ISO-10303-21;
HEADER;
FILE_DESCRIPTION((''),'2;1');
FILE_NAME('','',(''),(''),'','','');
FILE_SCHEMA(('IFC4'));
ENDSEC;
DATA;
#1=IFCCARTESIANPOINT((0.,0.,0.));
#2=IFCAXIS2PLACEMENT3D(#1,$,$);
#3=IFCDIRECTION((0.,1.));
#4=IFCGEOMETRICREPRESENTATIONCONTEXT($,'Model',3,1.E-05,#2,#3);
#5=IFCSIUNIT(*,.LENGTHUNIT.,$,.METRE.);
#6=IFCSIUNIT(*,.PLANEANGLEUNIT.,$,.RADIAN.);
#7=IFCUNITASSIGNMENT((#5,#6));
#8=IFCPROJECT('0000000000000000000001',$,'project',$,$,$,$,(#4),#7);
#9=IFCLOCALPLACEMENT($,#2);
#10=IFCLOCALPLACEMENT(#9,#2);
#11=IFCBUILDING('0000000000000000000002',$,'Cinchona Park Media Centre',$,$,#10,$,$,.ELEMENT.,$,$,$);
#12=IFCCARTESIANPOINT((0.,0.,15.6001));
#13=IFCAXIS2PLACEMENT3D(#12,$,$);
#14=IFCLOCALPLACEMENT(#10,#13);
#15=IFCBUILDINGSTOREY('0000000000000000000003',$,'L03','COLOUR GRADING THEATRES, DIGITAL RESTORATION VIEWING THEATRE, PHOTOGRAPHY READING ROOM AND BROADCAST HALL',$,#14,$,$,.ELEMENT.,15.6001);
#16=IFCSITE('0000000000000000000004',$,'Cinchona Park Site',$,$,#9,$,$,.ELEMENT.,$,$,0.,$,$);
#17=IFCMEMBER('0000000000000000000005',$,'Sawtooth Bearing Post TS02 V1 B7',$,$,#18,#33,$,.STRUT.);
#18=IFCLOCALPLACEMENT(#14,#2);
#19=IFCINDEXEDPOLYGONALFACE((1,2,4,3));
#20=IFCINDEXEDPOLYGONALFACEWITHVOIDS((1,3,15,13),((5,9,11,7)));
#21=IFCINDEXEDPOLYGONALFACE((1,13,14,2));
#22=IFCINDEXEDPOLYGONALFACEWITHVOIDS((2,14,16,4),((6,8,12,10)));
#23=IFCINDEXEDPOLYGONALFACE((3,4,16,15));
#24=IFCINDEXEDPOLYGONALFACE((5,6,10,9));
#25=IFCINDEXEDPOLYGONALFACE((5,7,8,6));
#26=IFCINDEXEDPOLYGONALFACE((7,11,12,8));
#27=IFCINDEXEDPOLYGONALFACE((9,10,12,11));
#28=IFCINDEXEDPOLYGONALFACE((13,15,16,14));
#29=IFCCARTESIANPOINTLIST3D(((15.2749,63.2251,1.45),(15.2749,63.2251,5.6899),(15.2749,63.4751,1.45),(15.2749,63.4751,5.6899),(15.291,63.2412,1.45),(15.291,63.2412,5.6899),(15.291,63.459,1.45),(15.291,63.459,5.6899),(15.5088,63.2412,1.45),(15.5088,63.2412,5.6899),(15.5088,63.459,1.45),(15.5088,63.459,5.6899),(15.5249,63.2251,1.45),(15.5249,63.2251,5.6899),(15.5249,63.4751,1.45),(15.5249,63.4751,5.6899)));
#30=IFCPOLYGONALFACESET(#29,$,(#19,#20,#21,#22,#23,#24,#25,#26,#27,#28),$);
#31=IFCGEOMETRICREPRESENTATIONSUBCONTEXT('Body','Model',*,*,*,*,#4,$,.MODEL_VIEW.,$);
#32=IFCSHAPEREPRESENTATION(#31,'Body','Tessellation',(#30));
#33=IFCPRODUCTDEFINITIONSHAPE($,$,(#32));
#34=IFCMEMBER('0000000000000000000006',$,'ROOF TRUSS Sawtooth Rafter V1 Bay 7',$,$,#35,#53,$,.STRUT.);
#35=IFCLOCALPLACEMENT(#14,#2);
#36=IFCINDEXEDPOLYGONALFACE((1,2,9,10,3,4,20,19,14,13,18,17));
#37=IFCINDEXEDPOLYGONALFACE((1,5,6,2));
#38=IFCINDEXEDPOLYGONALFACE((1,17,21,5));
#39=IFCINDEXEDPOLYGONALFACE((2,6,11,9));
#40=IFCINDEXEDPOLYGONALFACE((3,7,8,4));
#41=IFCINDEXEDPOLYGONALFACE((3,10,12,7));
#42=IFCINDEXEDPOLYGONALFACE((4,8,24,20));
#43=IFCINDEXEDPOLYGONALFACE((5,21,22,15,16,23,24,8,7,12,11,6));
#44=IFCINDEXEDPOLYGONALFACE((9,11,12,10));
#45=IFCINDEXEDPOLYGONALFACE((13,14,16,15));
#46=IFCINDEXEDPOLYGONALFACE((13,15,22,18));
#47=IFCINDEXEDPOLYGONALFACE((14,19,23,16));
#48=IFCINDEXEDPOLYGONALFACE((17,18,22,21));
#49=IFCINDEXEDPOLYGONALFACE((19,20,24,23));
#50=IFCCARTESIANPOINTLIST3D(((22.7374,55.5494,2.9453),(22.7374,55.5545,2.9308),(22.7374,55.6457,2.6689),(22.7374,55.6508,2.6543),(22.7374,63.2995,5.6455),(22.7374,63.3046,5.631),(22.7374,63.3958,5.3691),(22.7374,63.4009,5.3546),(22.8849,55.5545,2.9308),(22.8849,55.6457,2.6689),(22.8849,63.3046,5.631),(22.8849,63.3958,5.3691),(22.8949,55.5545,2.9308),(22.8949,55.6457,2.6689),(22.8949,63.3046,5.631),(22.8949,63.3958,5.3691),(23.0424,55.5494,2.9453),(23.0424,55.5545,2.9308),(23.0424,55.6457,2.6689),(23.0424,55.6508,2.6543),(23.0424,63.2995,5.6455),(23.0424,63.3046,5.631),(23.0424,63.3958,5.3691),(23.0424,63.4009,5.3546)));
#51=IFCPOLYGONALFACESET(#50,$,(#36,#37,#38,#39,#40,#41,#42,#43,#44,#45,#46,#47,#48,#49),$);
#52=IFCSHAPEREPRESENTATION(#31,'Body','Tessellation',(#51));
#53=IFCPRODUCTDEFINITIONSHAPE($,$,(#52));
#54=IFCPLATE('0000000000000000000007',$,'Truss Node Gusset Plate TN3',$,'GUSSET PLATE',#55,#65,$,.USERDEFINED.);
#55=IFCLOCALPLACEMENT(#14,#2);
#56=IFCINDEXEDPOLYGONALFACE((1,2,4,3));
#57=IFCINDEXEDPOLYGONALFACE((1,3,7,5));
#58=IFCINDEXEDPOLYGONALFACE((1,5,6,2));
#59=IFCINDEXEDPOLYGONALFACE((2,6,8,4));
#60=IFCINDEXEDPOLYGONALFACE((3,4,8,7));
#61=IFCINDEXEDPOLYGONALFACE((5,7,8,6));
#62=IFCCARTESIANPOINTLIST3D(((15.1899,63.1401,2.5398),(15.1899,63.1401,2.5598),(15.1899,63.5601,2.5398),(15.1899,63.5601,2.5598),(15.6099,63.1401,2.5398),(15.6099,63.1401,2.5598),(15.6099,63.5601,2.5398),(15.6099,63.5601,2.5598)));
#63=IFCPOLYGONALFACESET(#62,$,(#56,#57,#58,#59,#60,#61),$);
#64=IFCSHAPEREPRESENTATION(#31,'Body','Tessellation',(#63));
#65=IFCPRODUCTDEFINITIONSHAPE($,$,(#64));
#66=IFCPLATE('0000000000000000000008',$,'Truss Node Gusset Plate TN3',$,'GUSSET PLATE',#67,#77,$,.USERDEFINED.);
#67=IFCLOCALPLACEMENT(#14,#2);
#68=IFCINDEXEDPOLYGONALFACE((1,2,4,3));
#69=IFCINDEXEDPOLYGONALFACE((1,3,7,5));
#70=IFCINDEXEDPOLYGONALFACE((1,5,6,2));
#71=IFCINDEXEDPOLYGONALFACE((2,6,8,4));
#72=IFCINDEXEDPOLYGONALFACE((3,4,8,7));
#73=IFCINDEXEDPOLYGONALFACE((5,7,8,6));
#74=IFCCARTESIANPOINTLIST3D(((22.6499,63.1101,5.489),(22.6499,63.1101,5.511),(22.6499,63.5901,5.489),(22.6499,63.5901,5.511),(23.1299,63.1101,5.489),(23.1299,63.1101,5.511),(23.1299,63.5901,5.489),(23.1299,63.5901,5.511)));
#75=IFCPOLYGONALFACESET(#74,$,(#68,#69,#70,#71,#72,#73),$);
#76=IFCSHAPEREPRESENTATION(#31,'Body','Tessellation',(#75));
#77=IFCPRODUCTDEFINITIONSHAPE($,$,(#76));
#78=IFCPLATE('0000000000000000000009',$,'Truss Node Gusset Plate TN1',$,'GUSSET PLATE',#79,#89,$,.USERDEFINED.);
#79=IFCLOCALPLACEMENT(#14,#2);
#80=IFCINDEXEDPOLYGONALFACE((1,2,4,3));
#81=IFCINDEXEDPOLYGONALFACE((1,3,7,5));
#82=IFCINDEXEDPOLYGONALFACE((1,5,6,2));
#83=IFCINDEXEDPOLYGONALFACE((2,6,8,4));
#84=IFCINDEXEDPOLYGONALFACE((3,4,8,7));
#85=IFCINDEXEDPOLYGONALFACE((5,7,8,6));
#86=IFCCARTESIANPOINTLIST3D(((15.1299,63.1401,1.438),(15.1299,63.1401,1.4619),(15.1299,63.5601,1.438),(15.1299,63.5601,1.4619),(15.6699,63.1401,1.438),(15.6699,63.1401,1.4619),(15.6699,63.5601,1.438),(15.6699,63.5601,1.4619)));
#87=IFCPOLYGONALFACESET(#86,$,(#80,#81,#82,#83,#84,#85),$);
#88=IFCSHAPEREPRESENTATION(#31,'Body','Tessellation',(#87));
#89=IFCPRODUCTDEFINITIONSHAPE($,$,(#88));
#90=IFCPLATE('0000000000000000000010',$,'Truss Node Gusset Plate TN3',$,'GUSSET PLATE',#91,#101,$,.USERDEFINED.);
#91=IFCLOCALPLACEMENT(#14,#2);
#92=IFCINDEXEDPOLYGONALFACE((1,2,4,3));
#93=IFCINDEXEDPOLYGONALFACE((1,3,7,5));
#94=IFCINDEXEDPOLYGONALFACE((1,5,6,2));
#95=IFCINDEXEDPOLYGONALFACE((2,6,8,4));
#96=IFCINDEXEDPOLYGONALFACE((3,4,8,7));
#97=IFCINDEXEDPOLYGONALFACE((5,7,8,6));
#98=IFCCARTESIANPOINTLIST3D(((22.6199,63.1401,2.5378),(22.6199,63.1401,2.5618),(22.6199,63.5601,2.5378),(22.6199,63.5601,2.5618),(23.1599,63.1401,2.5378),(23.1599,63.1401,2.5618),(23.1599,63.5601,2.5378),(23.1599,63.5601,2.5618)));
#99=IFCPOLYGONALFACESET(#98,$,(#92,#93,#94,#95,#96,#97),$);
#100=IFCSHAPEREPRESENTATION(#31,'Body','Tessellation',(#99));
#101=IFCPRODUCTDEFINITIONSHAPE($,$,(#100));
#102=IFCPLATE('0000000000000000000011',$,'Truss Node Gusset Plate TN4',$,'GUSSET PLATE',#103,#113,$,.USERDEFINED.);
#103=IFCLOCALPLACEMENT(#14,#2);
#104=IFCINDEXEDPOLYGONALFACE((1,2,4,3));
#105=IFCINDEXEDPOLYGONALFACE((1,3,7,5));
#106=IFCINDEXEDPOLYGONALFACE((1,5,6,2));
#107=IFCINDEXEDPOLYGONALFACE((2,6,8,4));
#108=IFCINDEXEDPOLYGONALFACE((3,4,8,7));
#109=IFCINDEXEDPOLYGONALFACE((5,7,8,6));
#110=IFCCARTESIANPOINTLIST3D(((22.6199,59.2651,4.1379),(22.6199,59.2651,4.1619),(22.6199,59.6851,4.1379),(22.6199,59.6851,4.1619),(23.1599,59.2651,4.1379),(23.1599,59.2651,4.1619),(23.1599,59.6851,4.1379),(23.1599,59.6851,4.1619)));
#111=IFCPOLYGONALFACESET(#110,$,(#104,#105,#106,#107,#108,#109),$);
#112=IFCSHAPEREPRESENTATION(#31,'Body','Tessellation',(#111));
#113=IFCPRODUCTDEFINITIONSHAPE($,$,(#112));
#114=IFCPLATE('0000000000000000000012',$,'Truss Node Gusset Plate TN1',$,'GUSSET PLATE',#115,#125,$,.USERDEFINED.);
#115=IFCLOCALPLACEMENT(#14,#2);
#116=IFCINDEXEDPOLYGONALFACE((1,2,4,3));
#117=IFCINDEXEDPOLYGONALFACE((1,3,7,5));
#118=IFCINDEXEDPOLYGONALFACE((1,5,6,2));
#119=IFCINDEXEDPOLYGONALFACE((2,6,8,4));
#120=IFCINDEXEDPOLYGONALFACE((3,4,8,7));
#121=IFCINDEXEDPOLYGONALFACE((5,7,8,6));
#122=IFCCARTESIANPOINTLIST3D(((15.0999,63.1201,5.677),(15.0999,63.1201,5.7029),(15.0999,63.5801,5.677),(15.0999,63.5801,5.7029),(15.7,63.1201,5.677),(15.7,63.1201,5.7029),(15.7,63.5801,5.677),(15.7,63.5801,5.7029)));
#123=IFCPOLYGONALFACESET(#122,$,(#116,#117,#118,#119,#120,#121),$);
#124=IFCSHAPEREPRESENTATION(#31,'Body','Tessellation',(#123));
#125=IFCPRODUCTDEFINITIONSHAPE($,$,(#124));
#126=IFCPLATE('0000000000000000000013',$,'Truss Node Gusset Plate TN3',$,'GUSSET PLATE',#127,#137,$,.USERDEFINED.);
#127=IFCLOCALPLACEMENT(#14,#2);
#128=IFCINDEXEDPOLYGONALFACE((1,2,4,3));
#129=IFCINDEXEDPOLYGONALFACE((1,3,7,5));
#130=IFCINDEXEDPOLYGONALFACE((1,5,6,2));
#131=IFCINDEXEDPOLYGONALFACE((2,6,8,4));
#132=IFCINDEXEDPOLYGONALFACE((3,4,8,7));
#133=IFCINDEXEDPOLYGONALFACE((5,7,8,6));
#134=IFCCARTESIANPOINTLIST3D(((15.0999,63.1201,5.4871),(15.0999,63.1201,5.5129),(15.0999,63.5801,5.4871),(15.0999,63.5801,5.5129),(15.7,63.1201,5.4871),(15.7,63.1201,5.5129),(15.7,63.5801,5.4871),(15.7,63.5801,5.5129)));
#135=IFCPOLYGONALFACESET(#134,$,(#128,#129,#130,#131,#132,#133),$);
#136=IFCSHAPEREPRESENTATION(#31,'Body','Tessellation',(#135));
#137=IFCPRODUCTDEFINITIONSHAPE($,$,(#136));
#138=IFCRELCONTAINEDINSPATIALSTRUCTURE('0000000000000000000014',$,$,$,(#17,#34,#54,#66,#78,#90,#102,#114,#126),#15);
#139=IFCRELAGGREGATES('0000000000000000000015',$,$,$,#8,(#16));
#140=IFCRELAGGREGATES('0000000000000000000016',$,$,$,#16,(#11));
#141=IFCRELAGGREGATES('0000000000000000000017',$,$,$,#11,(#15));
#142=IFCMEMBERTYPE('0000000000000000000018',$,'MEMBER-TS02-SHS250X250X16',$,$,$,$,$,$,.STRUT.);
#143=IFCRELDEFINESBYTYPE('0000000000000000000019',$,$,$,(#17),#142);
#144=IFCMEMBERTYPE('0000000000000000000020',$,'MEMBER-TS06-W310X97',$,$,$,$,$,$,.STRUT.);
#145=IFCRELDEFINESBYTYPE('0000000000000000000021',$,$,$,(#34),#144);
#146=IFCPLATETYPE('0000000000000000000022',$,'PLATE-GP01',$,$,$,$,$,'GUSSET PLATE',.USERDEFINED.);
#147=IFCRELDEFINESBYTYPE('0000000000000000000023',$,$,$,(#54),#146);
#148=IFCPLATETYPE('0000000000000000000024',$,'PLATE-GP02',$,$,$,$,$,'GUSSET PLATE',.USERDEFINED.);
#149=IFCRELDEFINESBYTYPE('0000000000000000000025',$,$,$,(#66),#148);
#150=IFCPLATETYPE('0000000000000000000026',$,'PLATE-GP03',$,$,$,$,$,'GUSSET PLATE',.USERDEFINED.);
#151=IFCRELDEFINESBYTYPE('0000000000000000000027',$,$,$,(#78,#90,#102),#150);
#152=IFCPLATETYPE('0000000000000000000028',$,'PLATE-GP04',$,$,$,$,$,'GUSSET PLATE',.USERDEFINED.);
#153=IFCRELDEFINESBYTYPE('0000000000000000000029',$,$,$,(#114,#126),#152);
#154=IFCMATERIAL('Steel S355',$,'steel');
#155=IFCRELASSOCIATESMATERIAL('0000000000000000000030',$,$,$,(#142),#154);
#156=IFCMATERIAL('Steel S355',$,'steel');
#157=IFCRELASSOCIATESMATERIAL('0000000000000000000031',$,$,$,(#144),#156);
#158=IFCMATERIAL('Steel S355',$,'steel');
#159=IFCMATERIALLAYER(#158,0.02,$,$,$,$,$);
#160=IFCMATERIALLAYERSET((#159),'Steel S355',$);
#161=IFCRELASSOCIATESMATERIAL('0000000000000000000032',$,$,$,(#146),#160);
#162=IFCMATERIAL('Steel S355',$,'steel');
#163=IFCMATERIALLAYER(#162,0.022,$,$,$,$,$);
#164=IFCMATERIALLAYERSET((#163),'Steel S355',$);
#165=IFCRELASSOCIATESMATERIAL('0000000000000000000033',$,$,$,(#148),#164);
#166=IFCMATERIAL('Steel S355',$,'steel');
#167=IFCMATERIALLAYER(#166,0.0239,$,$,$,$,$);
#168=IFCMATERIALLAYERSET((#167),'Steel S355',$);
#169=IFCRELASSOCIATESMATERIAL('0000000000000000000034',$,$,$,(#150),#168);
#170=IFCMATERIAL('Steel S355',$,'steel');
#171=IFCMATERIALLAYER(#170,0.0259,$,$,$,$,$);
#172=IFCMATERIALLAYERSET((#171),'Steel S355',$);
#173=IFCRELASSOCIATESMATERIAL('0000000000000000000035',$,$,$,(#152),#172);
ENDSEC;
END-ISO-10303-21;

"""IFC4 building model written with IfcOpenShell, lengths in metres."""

from ifc_helpers import new_model, si_unit, direction, frame, origin, origin_2d, place, context, subcontext, project, spatial, rectangle, hollow_rectangle, i_section, extrude, material, layer, layer_set, material_profile, profile_set, type_object, element, save


model = new_model("IFC4")

# Units and contexts
model_context = context("Model", 3, precision=1e-05, world=origin(), true_north=direction((0.0, 1.0)))
body_context = subcontext(model_context, "Body", "Model", "MODEL_VIEW")
ifc_project = project(units=[si_unit("LENGTHUNIT", "METRE"), si_unit("PLANEANGLEUNIT", "RADIAN")], contexts=[model_context])

# Site, building, storey
site_placement = place(None, origin())
site = spatial("IfcSite", under=ifc_project, at=site_placement, Name="Cinchona Park Site", CompositionType="ELEMENT", RefElevation=0.0)
building_placement = place(site_placement, origin())
building = spatial("IfcBuilding", under=site, at=building_placement, Name="Cinchona Park Media Centre", CompositionType="ELEMENT")
storey_placement = place(building_placement, frame((0.0, 0.0, 15.6001)))
storey = spatial("IfcBuildingStorey", under=building, at=storey_placement, Name="L03", Description="COLOUR GRADING THEATRES, DIGITAL RESTORATION VIEWING THEATRE, PHOTOGRAPHY READING ROOM AND BROADCAST HALL", CompositionType="ELEMENT", Elevation=15.6001)

# Members
ifc_material_1 = material(Name="Steel S355", Category="steel")
ifc_material_profile_1 = material_profile(ifc_material_1, hollow_rectangle(XDim=0.25, YDim=0.25, WallThickness=0.0161, at=origin_2d()), Name="250X250X16SHS")
ifc_profile_set_1 = profile_set([ifc_material_profile_1], Name="Steel S355")
member_type_1 = type_object("IfcMemberType", Name="MEMBER-TS02-SHS250X250X16", PredefinedType="STRUT", material=ifc_profile_set_1)
member_1_placement = place(storey_placement, frame((15.3999, 63.3501, 1.45), z_axis=(0.0, 0.0, 1.0), x_axis=(1.0, 0.0, 0.0)))
element("IfcMember", 1, at=member_1_placement, inside=storey, type_object=member_type_1, Name="Sawtooth Bearing Post TS02 V1 B7", PredefinedType="STRUT", context=body_context, shape_type="SweptSolid", body=[
    extrude(hollow_rectangle(XDim=0.25, YDim=0.25, WallThickness=0.0161, at=origin_2d()), origin(), (0.0, 0.0, 1.0), 4.24),
])
ifc_material_2 = material(Name="Steel S355", Category="steel")
ifc_material_profile_2 = material_profile(ifc_material_2, i_section(OverallWidth=0.3049, OverallDepth=0.3081, WebThickness=0.01, FlangeThickness=0.0154, at=origin_2d()), Name="W310X97")
ifc_profile_set_2 = profile_set([ifc_material_profile_2], Name="Steel S355")
member_type_2 = type_object("IfcMemberType", Name="MEMBER-TS06-W310X97", PredefinedType="STRUT", material=ifc_profile_set_2)
member_2_placement = place(storey_placement, frame((22.8899, 55.6001, 2.7998), z_axis=(0.0, 0.944325, 0.329014), x_axis=(-1.0, 0.0, 0.0)))
element("IfcMember", 2, at=member_2_placement, inside=storey, type_object=member_type_2, Name="ROOF TRUSS Sawtooth Rafter V1 Bay 7", PredefinedType="STRUT", context=body_context, shape_type="SweptSolid", body=[
    extrude(i_section(OverallWidth=0.3049, OverallDepth=0.3081, WebThickness=0.01, FlangeThickness=0.0154, at=origin_2d()), origin(), (0.0, 0.0, 1.0), 8.207),
])

# Plates
ifc_material_3 = material(Name="Steel S355", Category="steel")
ifc_layer_1 = layer(ifc_material_3, 0.02)
ifc_layer_set_1 = layer_set([ifc_layer_1], Name="Steel S355")
plate_type_1 = type_object("IfcPlateType", Name="PLATE-GP01", ElementType="GUSSET PLATE", PredefinedType="USERDEFINED", material=ifc_layer_set_1)
plate_1_placement = place(storey_placement, frame((15.3999, 63.3501, 2.5398), z_axis=(0.0, 0.0, 1.0), x_axis=(1.0, 0.0, 0.0)))
element("IfcPlate", 3, at=plate_1_placement, inside=storey, type_object=plate_type_1, Name="Truss Node Gusset Plate TN3", ObjectType="GUSSET PLATE", PredefinedType="USERDEFINED", context=body_context, shape_type="SweptSolid", body=[
    extrude(rectangle(XDim=0.4199, YDim=0.4199, at=origin_2d()), origin(), (0.0, 0.0, 1.0), 0.02),
])
ifc_material_4 = material(Name="Steel S355", Category="steel")
ifc_layer_2 = layer(ifc_material_4, 0.022)
ifc_layer_set_2 = layer_set([ifc_layer_2], Name="Steel S355")
plate_type_2 = type_object("IfcPlateType", Name="PLATE-GP02", ElementType="GUSSET PLATE", PredefinedType="USERDEFINED", material=ifc_layer_set_2)
plate_2_placement = place(storey_placement, frame((22.8899, 63.3501, 5.489), z_axis=(0.0, 0.0, 1.0), x_axis=(1.0, 0.0, 0.0)))
element("IfcPlate", 4, at=plate_2_placement, inside=storey, type_object=plate_type_2, Name="Truss Node Gusset Plate TN3", ObjectType="GUSSET PLATE", PredefinedType="USERDEFINED", context=body_context, shape_type="SweptSolid", body=[
    extrude(rectangle(XDim=0.48, YDim=0.48, at=origin_2d()), origin(), (0.0, 0.0, 1.0), 0.022),
])
ifc_material_5 = material(Name="Steel S355", Category="steel")
ifc_layer_3 = layer(ifc_material_5, 0.0239)
ifc_layer_set_3 = layer_set([ifc_layer_3], Name="Steel S355")
plate_type_3 = type_object("IfcPlateType", Name="PLATE-GP03", ElementType="GUSSET PLATE", PredefinedType="USERDEFINED", material=ifc_layer_set_3)
for number, where, z_axis, x_axis, name in (
    (5, (15.3999, 63.3501, 1.438), (0.0, 0.0, 1.0), (1.0, 0.0, 0.0), "Truss Node Gusset Plate TN1"),
    (6, (22.8899, 63.3501, 2.5378), (0.0, 0.0, 1.0), (1.0, 0.0, 0.0), "Truss Node Gusset Plate TN3"),
    (7, (22.8899, 59.4751, 4.1379), (0.0, 0.0, 1.0), (1.0, 0.0, 0.0), "Truss Node Gusset Plate TN4"),
):
    element("IfcPlate", number, at=place(storey_placement, frame(where, z_axis=z_axis, x_axis=x_axis)), inside=storey, type_object=plate_type_3, Name=name, ObjectType="GUSSET PLATE", PredefinedType="USERDEFINED", context=body_context, shape_type="SweptSolid", body=[
        extrude(rectangle(XDim=0.54, YDim=0.4199, at=origin_2d()), origin(), (0.0, 0.0, 1.0), 0.0239),
    ])
ifc_material_6 = material(Name="Steel S355", Category="steel")
ifc_layer_4 = layer(ifc_material_6, 0.0259)
ifc_layer_set_4 = layer_set([ifc_layer_4], Name="Steel S355")
plate_type_4 = type_object("IfcPlateType", Name="PLATE-GP04", ElementType="GUSSET PLATE", PredefinedType="USERDEFINED", material=ifc_layer_set_4)
for number, where, z_axis, x_axis, name in (
    (8, (15.3999, 63.3501, 5.677), (0.0, 0.0, 1.0), (1.0, 0.0, 0.0), "Truss Node Gusset Plate TN1"),
    (9, (15.3999, 63.3501, 5.4871), (0.0, 0.0, 1.0), (1.0, 0.0, 0.0), "Truss Node Gusset Plate TN3"),
):
    element("IfcPlate", number, at=place(storey_placement, frame(where, z_axis=z_axis, x_axis=x_axis)), inside=storey, type_object=plate_type_4, Name=name, ObjectType="GUSSET PLATE", PredefinedType="USERDEFINED", context=body_context, shape_type="SweptSolid", body=[
        extrude(rectangle(XDim=0.6001, YDim=0.46, at=origin_2d()), origin(), (0.0, 0.0, 1.0), 0.0259),
    ])

save(model, "model.ifc")
